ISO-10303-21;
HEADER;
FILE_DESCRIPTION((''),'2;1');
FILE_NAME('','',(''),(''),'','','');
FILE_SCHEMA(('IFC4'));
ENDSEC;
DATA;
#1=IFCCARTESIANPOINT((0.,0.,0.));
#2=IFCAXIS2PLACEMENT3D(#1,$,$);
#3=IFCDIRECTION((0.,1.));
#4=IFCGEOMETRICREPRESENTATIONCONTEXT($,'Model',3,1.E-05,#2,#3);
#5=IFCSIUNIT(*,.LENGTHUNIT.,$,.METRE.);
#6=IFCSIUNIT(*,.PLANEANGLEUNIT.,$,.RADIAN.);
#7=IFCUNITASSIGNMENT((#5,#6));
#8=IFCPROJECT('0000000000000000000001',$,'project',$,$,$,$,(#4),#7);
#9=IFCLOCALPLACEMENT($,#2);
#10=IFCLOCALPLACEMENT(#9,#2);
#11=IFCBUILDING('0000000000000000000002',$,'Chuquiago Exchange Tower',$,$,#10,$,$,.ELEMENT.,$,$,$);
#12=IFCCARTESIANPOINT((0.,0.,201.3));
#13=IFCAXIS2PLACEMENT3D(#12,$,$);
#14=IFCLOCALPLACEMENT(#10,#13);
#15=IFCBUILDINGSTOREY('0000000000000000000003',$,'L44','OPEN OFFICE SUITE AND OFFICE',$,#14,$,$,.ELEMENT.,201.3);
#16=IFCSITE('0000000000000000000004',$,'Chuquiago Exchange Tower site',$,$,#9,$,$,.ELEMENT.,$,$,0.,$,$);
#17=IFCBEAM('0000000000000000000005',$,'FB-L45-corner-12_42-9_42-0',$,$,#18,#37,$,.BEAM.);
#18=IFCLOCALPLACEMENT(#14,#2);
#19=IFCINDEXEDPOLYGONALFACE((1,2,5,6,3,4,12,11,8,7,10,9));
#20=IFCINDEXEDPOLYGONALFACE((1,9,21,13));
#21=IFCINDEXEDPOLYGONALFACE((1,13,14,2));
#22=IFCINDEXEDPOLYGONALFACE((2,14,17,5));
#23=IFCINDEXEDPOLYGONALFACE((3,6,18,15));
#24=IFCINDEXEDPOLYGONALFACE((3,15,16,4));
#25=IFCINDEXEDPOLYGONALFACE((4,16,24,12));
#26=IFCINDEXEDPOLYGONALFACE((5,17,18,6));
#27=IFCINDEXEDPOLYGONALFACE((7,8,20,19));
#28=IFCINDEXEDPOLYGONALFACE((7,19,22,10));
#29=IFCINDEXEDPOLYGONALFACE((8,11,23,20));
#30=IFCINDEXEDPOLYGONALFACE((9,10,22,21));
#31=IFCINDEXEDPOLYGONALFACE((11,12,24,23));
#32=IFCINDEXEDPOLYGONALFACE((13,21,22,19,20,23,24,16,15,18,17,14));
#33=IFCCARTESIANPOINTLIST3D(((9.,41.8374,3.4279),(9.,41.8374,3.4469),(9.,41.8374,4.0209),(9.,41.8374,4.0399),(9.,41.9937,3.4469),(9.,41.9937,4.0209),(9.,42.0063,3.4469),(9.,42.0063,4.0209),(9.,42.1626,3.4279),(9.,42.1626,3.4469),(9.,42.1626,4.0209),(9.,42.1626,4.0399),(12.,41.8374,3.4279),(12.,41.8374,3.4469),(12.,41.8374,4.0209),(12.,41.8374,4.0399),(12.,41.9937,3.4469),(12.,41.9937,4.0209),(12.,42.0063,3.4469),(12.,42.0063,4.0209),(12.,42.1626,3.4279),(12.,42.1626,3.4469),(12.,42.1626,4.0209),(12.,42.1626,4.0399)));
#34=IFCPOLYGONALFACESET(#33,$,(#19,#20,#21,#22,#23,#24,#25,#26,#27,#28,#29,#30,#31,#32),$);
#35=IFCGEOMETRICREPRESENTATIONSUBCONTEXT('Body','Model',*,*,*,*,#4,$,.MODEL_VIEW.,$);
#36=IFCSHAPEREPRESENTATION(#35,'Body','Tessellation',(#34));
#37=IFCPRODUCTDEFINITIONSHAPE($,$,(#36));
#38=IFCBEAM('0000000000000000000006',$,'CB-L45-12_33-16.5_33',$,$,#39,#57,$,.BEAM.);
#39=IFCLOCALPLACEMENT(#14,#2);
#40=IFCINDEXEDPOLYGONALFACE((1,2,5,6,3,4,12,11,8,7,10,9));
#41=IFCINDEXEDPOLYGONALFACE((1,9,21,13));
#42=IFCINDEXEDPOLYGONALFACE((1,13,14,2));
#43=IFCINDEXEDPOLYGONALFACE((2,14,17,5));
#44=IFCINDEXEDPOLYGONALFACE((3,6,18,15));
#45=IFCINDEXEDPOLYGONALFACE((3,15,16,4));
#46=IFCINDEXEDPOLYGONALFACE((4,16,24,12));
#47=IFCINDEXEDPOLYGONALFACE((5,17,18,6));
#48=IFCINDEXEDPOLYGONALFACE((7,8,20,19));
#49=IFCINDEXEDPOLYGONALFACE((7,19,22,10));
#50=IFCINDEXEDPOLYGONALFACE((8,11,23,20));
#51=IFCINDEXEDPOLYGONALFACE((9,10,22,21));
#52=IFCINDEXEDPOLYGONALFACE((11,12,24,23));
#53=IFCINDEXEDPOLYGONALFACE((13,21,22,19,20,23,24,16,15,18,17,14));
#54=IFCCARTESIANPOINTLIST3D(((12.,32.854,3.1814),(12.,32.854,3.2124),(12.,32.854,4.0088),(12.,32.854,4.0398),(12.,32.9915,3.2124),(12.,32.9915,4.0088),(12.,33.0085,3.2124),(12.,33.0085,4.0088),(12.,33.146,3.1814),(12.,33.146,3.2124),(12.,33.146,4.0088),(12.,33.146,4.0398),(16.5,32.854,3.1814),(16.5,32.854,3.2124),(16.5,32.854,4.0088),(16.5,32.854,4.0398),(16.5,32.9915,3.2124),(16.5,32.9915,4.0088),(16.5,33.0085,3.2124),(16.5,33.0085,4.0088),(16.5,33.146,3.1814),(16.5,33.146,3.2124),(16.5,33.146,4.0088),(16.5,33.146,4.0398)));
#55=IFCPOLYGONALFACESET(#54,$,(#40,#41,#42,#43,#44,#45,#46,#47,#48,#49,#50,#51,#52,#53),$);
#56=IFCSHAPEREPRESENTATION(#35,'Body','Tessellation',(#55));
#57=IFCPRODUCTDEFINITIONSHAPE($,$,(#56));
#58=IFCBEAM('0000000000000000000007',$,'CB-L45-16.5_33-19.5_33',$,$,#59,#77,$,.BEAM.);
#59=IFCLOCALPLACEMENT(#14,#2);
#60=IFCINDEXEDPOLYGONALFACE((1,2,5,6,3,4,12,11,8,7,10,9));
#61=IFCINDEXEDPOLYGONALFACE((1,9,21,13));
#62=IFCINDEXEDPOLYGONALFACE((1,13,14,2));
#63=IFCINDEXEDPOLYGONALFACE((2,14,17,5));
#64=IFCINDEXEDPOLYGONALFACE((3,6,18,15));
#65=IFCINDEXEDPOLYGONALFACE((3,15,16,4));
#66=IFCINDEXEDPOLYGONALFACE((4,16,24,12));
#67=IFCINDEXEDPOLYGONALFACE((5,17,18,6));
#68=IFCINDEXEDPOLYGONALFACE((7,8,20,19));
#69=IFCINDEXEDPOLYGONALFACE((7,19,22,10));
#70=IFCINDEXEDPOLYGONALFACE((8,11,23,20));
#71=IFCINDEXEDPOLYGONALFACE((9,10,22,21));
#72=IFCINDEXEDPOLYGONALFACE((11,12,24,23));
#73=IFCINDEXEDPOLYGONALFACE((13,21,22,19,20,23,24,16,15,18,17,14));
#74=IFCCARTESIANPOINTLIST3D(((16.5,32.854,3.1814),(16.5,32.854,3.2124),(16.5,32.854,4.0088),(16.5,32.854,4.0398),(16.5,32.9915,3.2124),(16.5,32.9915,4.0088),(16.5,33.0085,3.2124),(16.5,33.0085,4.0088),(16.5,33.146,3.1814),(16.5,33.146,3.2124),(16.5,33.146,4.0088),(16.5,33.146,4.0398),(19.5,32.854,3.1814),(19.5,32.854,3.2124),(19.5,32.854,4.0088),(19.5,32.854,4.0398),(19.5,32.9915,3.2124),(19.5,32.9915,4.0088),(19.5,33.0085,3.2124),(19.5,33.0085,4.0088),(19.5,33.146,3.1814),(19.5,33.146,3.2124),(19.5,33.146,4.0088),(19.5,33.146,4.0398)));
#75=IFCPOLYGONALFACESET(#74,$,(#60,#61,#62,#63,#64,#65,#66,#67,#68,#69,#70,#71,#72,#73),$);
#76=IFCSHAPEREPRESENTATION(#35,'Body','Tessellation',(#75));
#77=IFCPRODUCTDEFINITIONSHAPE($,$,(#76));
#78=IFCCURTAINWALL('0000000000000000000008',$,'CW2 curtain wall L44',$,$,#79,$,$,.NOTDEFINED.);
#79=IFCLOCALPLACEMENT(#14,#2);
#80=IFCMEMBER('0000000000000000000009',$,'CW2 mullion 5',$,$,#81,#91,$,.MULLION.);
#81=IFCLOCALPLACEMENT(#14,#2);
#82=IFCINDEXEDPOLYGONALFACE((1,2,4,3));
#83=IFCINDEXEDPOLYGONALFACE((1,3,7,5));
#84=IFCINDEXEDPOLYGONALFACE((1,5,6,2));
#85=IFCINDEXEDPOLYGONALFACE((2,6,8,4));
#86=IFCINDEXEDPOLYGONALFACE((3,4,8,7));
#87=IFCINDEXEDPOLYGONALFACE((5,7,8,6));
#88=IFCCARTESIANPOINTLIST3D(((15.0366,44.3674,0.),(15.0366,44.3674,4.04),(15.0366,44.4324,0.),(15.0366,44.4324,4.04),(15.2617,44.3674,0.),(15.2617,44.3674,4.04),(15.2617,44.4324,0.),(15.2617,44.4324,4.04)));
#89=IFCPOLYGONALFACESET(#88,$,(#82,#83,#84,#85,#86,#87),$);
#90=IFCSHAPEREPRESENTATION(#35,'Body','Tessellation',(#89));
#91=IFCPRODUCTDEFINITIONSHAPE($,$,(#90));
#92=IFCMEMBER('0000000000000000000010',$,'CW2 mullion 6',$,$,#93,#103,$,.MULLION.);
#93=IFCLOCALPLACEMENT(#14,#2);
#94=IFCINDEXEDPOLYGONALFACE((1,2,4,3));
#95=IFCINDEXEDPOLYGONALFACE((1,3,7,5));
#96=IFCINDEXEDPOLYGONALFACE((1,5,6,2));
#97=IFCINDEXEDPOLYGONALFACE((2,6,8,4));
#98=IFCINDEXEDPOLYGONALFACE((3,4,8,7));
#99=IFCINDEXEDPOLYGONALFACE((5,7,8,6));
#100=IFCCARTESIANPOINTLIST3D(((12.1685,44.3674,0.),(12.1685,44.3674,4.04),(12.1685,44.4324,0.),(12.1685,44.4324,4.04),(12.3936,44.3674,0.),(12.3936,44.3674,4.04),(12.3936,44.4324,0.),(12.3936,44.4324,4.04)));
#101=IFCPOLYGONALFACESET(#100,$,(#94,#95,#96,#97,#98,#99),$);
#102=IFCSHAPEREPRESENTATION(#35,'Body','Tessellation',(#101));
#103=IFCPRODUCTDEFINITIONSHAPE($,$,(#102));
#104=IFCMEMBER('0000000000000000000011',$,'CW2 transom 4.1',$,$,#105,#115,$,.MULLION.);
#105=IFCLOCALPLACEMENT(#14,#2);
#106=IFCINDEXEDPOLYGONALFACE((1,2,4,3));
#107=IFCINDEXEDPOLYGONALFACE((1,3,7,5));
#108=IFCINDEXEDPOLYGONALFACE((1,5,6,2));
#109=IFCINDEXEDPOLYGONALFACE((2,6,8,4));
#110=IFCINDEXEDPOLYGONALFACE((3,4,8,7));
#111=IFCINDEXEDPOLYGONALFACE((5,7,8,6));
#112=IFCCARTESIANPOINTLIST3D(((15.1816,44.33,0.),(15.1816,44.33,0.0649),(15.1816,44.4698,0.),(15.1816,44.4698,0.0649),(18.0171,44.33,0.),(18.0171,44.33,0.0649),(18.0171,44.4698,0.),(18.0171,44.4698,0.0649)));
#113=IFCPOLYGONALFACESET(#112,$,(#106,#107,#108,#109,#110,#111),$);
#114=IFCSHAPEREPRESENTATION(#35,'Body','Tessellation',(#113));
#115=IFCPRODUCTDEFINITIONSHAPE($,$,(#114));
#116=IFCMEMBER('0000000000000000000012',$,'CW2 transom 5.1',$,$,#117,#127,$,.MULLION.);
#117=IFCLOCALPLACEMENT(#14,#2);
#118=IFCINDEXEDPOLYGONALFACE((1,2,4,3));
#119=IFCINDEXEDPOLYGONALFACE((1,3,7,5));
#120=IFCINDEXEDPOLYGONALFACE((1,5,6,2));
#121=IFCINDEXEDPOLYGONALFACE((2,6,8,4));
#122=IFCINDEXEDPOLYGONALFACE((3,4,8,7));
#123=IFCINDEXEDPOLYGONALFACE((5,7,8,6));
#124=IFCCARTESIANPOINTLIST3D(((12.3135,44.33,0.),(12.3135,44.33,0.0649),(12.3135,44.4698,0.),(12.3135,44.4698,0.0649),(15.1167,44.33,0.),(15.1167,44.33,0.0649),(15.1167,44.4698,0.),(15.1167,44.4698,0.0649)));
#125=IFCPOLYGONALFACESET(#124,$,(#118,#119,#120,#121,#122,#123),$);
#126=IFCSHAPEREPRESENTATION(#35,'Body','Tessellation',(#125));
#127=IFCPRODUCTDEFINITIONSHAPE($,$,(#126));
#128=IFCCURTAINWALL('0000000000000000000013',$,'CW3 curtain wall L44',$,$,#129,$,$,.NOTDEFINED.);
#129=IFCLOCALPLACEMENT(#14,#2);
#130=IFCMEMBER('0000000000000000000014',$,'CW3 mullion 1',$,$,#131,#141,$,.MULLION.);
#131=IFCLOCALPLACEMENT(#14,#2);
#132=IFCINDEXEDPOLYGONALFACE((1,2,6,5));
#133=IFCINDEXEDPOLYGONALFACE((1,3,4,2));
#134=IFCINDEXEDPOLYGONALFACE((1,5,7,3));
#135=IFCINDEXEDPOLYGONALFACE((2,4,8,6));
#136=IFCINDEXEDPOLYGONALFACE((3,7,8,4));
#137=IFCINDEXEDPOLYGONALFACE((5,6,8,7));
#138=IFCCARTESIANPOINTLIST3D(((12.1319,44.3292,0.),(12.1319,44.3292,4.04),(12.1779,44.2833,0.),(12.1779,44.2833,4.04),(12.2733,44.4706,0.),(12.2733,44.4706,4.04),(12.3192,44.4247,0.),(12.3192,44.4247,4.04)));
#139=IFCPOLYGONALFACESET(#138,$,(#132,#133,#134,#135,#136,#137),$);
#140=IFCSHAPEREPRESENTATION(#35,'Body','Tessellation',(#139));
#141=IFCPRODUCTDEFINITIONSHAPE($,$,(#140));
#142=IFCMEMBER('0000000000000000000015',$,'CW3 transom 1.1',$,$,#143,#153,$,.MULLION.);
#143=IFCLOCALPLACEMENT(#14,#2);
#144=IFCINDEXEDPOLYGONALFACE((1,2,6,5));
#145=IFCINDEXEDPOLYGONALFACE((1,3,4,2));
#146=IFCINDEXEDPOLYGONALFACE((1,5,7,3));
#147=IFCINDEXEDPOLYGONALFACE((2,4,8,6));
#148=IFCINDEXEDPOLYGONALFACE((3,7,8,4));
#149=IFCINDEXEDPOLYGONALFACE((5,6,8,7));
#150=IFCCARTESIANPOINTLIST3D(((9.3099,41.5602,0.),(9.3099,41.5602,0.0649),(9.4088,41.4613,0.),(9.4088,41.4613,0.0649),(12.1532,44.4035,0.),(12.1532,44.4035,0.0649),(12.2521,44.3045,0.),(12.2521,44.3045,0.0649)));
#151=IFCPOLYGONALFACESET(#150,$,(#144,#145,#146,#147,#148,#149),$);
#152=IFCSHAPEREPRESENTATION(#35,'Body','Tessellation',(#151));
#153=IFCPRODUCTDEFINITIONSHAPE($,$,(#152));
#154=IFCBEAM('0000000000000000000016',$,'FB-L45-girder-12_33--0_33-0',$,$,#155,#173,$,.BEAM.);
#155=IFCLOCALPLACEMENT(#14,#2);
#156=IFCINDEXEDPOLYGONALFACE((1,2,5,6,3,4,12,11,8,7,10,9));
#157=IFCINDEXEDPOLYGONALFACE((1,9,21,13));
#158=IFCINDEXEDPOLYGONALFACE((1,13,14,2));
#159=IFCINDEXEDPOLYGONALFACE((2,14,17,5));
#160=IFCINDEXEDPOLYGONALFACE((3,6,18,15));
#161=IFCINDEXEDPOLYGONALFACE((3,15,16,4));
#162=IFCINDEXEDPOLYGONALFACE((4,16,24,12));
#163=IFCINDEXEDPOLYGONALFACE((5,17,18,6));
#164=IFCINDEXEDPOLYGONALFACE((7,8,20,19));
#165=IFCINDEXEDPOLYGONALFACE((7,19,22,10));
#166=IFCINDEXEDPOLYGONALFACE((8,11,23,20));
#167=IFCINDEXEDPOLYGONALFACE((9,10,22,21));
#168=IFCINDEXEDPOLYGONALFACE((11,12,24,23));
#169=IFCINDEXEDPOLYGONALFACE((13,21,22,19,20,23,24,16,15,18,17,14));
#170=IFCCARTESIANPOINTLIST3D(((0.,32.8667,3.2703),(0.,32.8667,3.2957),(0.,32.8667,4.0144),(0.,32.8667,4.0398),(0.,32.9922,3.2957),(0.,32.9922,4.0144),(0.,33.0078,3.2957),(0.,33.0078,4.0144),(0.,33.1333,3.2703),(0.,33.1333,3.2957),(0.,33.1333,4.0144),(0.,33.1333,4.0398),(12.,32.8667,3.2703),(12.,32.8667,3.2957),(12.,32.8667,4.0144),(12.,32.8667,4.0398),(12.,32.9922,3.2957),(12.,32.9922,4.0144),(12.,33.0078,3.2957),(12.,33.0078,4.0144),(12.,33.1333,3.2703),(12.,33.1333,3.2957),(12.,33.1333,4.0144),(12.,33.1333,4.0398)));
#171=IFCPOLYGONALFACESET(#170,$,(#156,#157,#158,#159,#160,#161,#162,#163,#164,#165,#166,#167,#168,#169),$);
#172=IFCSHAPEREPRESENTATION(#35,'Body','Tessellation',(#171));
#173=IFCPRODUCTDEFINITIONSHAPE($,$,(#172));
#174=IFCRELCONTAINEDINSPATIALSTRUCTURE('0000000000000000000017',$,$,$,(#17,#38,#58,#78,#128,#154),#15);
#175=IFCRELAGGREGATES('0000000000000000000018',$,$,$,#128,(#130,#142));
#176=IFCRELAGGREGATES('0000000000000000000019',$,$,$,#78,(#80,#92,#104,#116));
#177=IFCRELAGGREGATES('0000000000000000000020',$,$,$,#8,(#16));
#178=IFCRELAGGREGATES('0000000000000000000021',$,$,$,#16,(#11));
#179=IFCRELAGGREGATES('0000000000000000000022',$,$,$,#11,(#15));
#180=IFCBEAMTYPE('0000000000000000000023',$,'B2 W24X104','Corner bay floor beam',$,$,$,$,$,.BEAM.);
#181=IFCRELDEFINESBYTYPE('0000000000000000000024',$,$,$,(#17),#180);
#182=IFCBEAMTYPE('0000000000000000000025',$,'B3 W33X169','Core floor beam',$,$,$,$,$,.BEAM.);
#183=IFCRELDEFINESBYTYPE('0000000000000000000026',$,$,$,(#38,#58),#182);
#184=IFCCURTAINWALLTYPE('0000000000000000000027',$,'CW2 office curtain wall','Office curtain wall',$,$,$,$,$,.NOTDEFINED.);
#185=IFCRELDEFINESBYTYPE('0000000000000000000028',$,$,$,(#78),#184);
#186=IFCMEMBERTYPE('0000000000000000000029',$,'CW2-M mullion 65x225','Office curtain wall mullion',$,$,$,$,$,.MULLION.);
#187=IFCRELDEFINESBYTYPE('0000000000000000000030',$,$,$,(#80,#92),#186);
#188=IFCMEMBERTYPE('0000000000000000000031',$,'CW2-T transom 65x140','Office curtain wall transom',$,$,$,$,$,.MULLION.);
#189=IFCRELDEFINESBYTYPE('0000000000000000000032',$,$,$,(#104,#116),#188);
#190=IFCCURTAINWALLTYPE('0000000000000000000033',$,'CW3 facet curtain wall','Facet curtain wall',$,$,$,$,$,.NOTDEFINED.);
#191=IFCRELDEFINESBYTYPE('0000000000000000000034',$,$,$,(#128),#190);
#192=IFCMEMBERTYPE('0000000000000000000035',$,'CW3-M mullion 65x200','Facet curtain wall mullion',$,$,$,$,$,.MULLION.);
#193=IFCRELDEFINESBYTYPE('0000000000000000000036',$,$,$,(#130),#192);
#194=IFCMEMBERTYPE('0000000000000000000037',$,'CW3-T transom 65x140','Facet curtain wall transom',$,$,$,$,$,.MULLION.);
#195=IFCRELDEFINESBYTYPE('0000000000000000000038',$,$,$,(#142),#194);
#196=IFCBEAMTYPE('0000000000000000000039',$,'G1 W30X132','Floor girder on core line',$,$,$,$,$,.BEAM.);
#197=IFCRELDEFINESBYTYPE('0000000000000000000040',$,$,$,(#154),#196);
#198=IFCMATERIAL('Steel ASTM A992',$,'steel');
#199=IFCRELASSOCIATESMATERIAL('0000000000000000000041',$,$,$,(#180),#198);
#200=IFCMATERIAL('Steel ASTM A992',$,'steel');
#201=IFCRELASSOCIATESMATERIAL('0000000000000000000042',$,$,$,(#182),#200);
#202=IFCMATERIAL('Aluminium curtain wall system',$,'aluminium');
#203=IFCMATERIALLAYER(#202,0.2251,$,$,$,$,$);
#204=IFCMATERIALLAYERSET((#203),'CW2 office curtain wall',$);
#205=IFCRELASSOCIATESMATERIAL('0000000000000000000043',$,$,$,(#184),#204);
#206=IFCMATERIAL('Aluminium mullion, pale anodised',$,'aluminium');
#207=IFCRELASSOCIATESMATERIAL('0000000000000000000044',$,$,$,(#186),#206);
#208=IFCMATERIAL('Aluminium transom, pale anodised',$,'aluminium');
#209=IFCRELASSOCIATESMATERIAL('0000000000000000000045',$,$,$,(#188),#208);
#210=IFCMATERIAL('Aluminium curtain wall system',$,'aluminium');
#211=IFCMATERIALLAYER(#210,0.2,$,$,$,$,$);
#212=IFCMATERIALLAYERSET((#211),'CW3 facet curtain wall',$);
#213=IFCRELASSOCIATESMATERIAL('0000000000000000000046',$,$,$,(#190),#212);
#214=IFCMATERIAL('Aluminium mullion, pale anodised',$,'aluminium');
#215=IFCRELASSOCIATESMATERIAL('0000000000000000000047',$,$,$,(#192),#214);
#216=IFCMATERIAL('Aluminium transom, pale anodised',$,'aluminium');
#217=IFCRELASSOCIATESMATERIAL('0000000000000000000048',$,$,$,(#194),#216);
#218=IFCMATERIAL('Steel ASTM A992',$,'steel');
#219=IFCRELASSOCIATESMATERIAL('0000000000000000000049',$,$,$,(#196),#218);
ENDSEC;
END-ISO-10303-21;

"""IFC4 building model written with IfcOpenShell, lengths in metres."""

from ifc_helpers import new_model, si_unit, direction, frame, origin, origin_2d, place, context, subcontext, project, spatial, rectangle, i_section, extrude, material, layer, layer_set, material_profile, profile_set, type_object, element, aggregate, save


model = new_model("IFC4")

# Units and contexts
model_context = context("Model", 3, precision=1e-05, world=origin(), true_north=direction((0.0, 1.0)))
body_context = subcontext(model_context, "Body", "Model", "MODEL_VIEW")
ifc_project = project(units=[si_unit("LENGTHUNIT", "METRE"), si_unit("PLANEANGLEUNIT", "RADIAN")], contexts=[model_context])

# Site, building, storey
site_placement = place(None, origin())
site = spatial("IfcSite", under=ifc_project, at=site_placement, Name="Chuquiago Exchange Tower site", CompositionType="ELEMENT", RefElevation=0.0)
building_placement = place(site_placement, origin())
building = spatial("IfcBuilding", under=site, at=building_placement, Name="Chuquiago Exchange Tower", CompositionType="ELEMENT")
storey_placement = place(building_placement, frame((0.0, 0.0, 201.3)))
storey = spatial("IfcBuildingStorey", under=building, at=storey_placement, Name="L44", Description="OPEN OFFICE SUITE AND OFFICE", CompositionType="ELEMENT", Elevation=201.3)

# Beams
ifc_material_1 = material(Name="Steel ASTM A992", Category="steel")
ifc_material_profile_1 = material_profile(ifc_material_1, i_section(OverallWidth=0.3252, OverallDepth=0.6121, WebThickness=0.0127, FlangeThickness=0.019, at=origin_2d()), Name="W24X104")
ifc_profile_set_1 = profile_set([ifc_material_profile_1], Name="Steel ASTM A992")
beam_type_1 = type_object("IfcBeamType", Name="B2 W24X104", Description="Corner bay floor beam", PredefinedType="BEAM", material=ifc_profile_set_1)
beam_1_placement = place(storey_placement, frame((12.0, 42.0, 3.7339), z_axis=(-1.0, 0.0, 0.0), x_axis=(0.0, -1.0, 0.0)))
element("IfcBeam", 1, at=beam_1_placement, inside=storey, type_object=beam_type_1, Name="FB-L45-corner-12_42-9_42-0", PredefinedType="BEAM", context=body_context, shape_type="SweptSolid", body=[
    extrude(i_section(OverallWidth=0.3252, OverallDepth=0.6121, WebThickness=0.0127, FlangeThickness=0.019, at=origin_2d()), origin(), (0.0, 0.0, 1.0), 3.0),
])
ifc_material_2 = material(Name="Steel ASTM A992", Category="steel")
ifc_material_profile_2 = material_profile(ifc_material_2, i_section(OverallWidth=0.292, OverallDepth=0.8584, WebThickness=0.0171, FlangeThickness=0.031, at=origin_2d()), Name="W33X169")
ifc_profile_set_2 = profile_set([ifc_material_profile_2], Name="Steel ASTM A992")
beam_type_2 = type_object("IfcBeamType", Name="B3 W33X169", Description="Core floor beam", PredefinedType="BEAM", material=ifc_profile_set_2)
beam_2_placement = place(storey_placement, frame((12.0, 33.0, 3.6106), z_axis=(1.0, 0.0, 0.0), x_axis=(0.0, 1.0, 0.0)))
element("IfcBeam", 2, at=beam_2_placement, inside=storey, type_object=beam_type_2, Name="CB-L45-12_33-16.5_33", PredefinedType="BEAM", context=body_context, shape_type="SweptSolid", body=[
    extrude(i_section(OverallWidth=0.292, OverallDepth=0.8584, WebThickness=0.0171, FlangeThickness=0.031, at=origin_2d()), origin(), (0.0, 0.0, 1.0), 4.5),
])
beam_3_placement = place(storey_placement, frame((16.5, 33.0, 3.6106), z_axis=(1.0, 0.0, 0.0), x_axis=(0.0, 1.0, 0.0)))
element("IfcBeam", 3, at=beam_3_placement, inside=storey, type_object=beam_type_2, Name="CB-L45-16.5_33-19.5_33", PredefinedType="BEAM", context=body_context, shape_type="SweptSolid", body=[
    extrude(i_section(OverallWidth=0.292, OverallDepth=0.8584, WebThickness=0.0171, FlangeThickness=0.031, at=origin_2d()), origin(), (0.0, 0.0, 1.0), 3.0),
])

# Curtain walls, members
ifc_material_3 = material(Name="Aluminium curtain wall system", Category="aluminium")
ifc_layer_1 = layer(ifc_material_3, 0.2251)
ifc_layer_set_1 = layer_set([ifc_layer_1], Name="CW2 office curtain wall")
curtain_wall_type_1 = type_object("IfcCurtainWallType", Name="CW2 office curtain wall", Description="Office curtain wall", PredefinedType="NOTDEFINED", material=ifc_layer_set_1)
curtain_wall_1_placement = place(storey_placement, origin())
curtain_wall_1 = element("IfcCurtainWall", 4, at=curtain_wall_1_placement, inside=storey, type_object=curtain_wall_type_1, Name="CW2 curtain wall L44", PredefinedType="NOTDEFINED")
ifc_material_4 = material(Name="Aluminium mullion, pale anodised", Category="aluminium")
ifc_material_profile_3 = material_profile(ifc_material_4, rectangle(XDim=0.0649, YDim=0.2251, at=origin_2d()), Name="AL 65x225")
ifc_profile_set_3 = profile_set([ifc_material_profile_3], Name="Aluminium mullion, pale anodised")
member_type_1 = type_object("IfcMemberType", Name="CW2-M mullion 65x225", Description="Office curtain wall mullion", PredefinedType="MULLION", material=ifc_profile_set_3)
member_1_placement = place(storey_placement, frame((15.1492, 44.3999, 0.0), z_axis=(0.0, 0.0, 1.0), x_axis=(0.0, -1.0, 0.0)))
member_1 = element("IfcMember", 5, at=member_1_placement, type_object=member_type_1, Name="CW2 mullion 5", PredefinedType="MULLION", context=body_context, shape_type="SweptSolid", body=[
    extrude(rectangle(XDim=0.0649, YDim=0.2251, at=origin_2d()), origin(), (0.0, 0.0, 1.0), 4.04),
])
member_2_placement = place(storey_placement, frame((12.281, 44.3999, 0.0), z_axis=(0.0, 0.0, 1.0), x_axis=(0.0, -1.0, 0.0)))
member_2 = element("IfcMember", 6, at=member_2_placement, type_object=member_type_1, Name="CW2 mullion 6", PredefinedType="MULLION", context=body_context, shape_type="SweptSolid", body=[
    extrude(rectangle(XDim=0.0649, YDim=0.2251, at=origin_2d()), origin(), (0.0, 0.0, 1.0), 4.04),
])
ifc_material_5 = material(Name="Aluminium transom, pale anodised", Category="aluminium")
ifc_material_profile_4 = material_profile(ifc_material_5, rectangle(XDim=0.1399, YDim=0.0649, at=origin_2d()), Name="AL 140x65")
ifc_profile_set_4 = profile_set([ifc_material_profile_4], Name="Aluminium transom, pale anodised")
member_type_2 = type_object("IfcMemberType", Name="CW2-T transom 65x140", Description="Office curtain wall transom", PredefinedType="MULLION", material=ifc_profile_set_4)
member_3_placement = place(storey_placement, frame((18.0171, 44.3999, 0.0325), z_axis=(-1.0, 0.0, 0.0), x_axis=(0.0, -1.0, 0.0)))
member_3 = element("IfcMember", 7, at=member_3_placement, type_object=member_type_2, Name="CW2 transom 4.1", PredefinedType="MULLION", context=body_context, shape_type="SweptSolid", body=[
    extrude(rectangle(XDim=0.1399, YDim=0.0649, at=origin_2d()), origin(), (0.0, 0.0, 1.0), 2.8354),
])
member_4_placement = place(storey_placement, frame((15.1167, 44.3999, 0.0325), z_axis=(-1.0, 0.0, 0.0), x_axis=(0.0, -1.0, 0.0)))
member_4 = element("IfcMember", 8, at=member_4_placement, type_object=member_type_2, Name="CW2 transom 5.1", PredefinedType="MULLION", context=body_context, shape_type="SweptSolid", body=[
    extrude(rectangle(XDim=0.1399, YDim=0.0649, at=origin_2d()), origin(), (0.0, 0.0, 1.0), 2.8032),
])
ifc_material_6 = material(Name="Aluminium curtain wall system", Category="aluminium")
ifc_layer_2 = layer(ifc_material_6, 0.2)
ifc_layer_set_2 = layer_set([ifc_layer_2], Name="CW3 facet curtain wall")
curtain_wall_type_2 = type_object("IfcCurtainWallType", Name="CW3 facet curtain wall", Description="Facet curtain wall", PredefinedType="NOTDEFINED", material=ifc_layer_set_2)
curtain_wall_2_placement = place(storey_placement, origin())
curtain_wall_2 = element("IfcCurtainWall", 9, at=curtain_wall_2_placement, inside=storey, type_object=curtain_wall_type_2, Name="CW3 curtain wall L44", PredefinedType="NOTDEFINED")
ifc_material_7 = material(Name="Aluminium mullion, pale anodised", Category="aluminium")
ifc_material_profile_5 = material_profile(ifc_material_7, rectangle(XDim=0.0649, YDim=0.2, at=origin_2d()), Name="AL 65x200")
ifc_profile_set_5 = profile_set([ifc_material_profile_5], Name="Aluminium mullion, pale anodised")
member_type_3 = type_object("IfcMemberType", Name="CW3-M mullion 65x200", Description="Facet curtain wall mullion", PredefinedType="MULLION", material=ifc_profile_set_5)
member_5_placement = place(storey_placement, frame((12.2256, 44.377, 0.0), z_axis=(0.0, 0.0, 1.0), x_axis=(0.707107, -0.707107, 0.0)))
member_5 = element("IfcMember", 10, at=member_5_placement, type_object=member_type_3, Name="CW3 mullion 1", PredefinedType="MULLION", context=body_context, shape_type="SweptSolid", body=[
    extrude(rectangle(XDim=0.0649, YDim=0.2, at=origin_2d()), origin(), (0.0, 0.0, 1.0), 4.04),
])
ifc_material_8 = material(Name="Aluminium transom, pale anodised", Category="aluminium")
ifc_material_profile_6 = material_profile(ifc_material_8, rectangle(XDim=0.1399, YDim=0.0649, at=origin_2d()), Name="AL 140x65")
ifc_profile_set_6 = profile_set([ifc_material_profile_6], Name="Aluminium transom, pale anodised")
member_type_4 = type_object("IfcMemberType", Name="CW3-T transom 65x140", Description="Facet curtain wall transom", PredefinedType="MULLION", material=ifc_profile_set_6)
member_6_placement = place(storey_placement, frame((12.2026, 44.354, 0.0325), z_axis=(-0.707107, -0.707107, 0.0), x_axis=(0.707107, -0.707107, 0.0)))
member_6 = element("IfcMember", 11, at=member_6_placement, type_object=member_type_4, Name="CW3 transom 1.1", PredefinedType="MULLION", context=body_context, shape_type="SweptSolid", body=[
    extrude(rectangle(XDim=0.1399, YDim=0.0649, at=origin_2d()), origin(), (0.0, 0.0, 1.0), 4.021),
])
aggregate(curtain_wall_2, [member_5, member_6])

# Beam
ifc_material_9 = material(Name="Steel ASTM A992", Category="steel")
ifc_material_profile_7 = material_profile(ifc_material_9, i_section(OverallWidth=0.2666, OverallDepth=0.7695, WebThickness=0.0156, FlangeThickness=0.0254, at=origin_2d()), Name="W30X132")
ifc_profile_set_7 = profile_set([ifc_material_profile_7], Name="Steel ASTM A992")
beam_type_3 = type_object("IfcBeamType", Name="G1 W30X132", Description="Floor girder on core line", PredefinedType="BEAM", material=ifc_profile_set_7)
beam_4_placement = place(storey_placement, frame((12.0, 33.0, 3.655), z_axis=(-1.0, 0.0, 0.0), x_axis=(0.0, -1.0, 0.0)))
element("IfcBeam", 12, at=beam_4_placement, inside=storey, type_object=beam_type_3, Name="FB-L45-girder-12_33--0_33-0", PredefinedType="BEAM", context=body_context, shape_type="SweptSolid", body=[
    extrude(i_section(OverallWidth=0.2666, OverallDepth=0.7695, WebThickness=0.0156, FlangeThickness=0.0254, at=origin_2d()), origin(), (0.0, 0.0, 1.0), 12.0),
])

aggregate(curtain_wall_1, [member_1, member_2, member_3, member_4])

save(model, "model.ifc")
